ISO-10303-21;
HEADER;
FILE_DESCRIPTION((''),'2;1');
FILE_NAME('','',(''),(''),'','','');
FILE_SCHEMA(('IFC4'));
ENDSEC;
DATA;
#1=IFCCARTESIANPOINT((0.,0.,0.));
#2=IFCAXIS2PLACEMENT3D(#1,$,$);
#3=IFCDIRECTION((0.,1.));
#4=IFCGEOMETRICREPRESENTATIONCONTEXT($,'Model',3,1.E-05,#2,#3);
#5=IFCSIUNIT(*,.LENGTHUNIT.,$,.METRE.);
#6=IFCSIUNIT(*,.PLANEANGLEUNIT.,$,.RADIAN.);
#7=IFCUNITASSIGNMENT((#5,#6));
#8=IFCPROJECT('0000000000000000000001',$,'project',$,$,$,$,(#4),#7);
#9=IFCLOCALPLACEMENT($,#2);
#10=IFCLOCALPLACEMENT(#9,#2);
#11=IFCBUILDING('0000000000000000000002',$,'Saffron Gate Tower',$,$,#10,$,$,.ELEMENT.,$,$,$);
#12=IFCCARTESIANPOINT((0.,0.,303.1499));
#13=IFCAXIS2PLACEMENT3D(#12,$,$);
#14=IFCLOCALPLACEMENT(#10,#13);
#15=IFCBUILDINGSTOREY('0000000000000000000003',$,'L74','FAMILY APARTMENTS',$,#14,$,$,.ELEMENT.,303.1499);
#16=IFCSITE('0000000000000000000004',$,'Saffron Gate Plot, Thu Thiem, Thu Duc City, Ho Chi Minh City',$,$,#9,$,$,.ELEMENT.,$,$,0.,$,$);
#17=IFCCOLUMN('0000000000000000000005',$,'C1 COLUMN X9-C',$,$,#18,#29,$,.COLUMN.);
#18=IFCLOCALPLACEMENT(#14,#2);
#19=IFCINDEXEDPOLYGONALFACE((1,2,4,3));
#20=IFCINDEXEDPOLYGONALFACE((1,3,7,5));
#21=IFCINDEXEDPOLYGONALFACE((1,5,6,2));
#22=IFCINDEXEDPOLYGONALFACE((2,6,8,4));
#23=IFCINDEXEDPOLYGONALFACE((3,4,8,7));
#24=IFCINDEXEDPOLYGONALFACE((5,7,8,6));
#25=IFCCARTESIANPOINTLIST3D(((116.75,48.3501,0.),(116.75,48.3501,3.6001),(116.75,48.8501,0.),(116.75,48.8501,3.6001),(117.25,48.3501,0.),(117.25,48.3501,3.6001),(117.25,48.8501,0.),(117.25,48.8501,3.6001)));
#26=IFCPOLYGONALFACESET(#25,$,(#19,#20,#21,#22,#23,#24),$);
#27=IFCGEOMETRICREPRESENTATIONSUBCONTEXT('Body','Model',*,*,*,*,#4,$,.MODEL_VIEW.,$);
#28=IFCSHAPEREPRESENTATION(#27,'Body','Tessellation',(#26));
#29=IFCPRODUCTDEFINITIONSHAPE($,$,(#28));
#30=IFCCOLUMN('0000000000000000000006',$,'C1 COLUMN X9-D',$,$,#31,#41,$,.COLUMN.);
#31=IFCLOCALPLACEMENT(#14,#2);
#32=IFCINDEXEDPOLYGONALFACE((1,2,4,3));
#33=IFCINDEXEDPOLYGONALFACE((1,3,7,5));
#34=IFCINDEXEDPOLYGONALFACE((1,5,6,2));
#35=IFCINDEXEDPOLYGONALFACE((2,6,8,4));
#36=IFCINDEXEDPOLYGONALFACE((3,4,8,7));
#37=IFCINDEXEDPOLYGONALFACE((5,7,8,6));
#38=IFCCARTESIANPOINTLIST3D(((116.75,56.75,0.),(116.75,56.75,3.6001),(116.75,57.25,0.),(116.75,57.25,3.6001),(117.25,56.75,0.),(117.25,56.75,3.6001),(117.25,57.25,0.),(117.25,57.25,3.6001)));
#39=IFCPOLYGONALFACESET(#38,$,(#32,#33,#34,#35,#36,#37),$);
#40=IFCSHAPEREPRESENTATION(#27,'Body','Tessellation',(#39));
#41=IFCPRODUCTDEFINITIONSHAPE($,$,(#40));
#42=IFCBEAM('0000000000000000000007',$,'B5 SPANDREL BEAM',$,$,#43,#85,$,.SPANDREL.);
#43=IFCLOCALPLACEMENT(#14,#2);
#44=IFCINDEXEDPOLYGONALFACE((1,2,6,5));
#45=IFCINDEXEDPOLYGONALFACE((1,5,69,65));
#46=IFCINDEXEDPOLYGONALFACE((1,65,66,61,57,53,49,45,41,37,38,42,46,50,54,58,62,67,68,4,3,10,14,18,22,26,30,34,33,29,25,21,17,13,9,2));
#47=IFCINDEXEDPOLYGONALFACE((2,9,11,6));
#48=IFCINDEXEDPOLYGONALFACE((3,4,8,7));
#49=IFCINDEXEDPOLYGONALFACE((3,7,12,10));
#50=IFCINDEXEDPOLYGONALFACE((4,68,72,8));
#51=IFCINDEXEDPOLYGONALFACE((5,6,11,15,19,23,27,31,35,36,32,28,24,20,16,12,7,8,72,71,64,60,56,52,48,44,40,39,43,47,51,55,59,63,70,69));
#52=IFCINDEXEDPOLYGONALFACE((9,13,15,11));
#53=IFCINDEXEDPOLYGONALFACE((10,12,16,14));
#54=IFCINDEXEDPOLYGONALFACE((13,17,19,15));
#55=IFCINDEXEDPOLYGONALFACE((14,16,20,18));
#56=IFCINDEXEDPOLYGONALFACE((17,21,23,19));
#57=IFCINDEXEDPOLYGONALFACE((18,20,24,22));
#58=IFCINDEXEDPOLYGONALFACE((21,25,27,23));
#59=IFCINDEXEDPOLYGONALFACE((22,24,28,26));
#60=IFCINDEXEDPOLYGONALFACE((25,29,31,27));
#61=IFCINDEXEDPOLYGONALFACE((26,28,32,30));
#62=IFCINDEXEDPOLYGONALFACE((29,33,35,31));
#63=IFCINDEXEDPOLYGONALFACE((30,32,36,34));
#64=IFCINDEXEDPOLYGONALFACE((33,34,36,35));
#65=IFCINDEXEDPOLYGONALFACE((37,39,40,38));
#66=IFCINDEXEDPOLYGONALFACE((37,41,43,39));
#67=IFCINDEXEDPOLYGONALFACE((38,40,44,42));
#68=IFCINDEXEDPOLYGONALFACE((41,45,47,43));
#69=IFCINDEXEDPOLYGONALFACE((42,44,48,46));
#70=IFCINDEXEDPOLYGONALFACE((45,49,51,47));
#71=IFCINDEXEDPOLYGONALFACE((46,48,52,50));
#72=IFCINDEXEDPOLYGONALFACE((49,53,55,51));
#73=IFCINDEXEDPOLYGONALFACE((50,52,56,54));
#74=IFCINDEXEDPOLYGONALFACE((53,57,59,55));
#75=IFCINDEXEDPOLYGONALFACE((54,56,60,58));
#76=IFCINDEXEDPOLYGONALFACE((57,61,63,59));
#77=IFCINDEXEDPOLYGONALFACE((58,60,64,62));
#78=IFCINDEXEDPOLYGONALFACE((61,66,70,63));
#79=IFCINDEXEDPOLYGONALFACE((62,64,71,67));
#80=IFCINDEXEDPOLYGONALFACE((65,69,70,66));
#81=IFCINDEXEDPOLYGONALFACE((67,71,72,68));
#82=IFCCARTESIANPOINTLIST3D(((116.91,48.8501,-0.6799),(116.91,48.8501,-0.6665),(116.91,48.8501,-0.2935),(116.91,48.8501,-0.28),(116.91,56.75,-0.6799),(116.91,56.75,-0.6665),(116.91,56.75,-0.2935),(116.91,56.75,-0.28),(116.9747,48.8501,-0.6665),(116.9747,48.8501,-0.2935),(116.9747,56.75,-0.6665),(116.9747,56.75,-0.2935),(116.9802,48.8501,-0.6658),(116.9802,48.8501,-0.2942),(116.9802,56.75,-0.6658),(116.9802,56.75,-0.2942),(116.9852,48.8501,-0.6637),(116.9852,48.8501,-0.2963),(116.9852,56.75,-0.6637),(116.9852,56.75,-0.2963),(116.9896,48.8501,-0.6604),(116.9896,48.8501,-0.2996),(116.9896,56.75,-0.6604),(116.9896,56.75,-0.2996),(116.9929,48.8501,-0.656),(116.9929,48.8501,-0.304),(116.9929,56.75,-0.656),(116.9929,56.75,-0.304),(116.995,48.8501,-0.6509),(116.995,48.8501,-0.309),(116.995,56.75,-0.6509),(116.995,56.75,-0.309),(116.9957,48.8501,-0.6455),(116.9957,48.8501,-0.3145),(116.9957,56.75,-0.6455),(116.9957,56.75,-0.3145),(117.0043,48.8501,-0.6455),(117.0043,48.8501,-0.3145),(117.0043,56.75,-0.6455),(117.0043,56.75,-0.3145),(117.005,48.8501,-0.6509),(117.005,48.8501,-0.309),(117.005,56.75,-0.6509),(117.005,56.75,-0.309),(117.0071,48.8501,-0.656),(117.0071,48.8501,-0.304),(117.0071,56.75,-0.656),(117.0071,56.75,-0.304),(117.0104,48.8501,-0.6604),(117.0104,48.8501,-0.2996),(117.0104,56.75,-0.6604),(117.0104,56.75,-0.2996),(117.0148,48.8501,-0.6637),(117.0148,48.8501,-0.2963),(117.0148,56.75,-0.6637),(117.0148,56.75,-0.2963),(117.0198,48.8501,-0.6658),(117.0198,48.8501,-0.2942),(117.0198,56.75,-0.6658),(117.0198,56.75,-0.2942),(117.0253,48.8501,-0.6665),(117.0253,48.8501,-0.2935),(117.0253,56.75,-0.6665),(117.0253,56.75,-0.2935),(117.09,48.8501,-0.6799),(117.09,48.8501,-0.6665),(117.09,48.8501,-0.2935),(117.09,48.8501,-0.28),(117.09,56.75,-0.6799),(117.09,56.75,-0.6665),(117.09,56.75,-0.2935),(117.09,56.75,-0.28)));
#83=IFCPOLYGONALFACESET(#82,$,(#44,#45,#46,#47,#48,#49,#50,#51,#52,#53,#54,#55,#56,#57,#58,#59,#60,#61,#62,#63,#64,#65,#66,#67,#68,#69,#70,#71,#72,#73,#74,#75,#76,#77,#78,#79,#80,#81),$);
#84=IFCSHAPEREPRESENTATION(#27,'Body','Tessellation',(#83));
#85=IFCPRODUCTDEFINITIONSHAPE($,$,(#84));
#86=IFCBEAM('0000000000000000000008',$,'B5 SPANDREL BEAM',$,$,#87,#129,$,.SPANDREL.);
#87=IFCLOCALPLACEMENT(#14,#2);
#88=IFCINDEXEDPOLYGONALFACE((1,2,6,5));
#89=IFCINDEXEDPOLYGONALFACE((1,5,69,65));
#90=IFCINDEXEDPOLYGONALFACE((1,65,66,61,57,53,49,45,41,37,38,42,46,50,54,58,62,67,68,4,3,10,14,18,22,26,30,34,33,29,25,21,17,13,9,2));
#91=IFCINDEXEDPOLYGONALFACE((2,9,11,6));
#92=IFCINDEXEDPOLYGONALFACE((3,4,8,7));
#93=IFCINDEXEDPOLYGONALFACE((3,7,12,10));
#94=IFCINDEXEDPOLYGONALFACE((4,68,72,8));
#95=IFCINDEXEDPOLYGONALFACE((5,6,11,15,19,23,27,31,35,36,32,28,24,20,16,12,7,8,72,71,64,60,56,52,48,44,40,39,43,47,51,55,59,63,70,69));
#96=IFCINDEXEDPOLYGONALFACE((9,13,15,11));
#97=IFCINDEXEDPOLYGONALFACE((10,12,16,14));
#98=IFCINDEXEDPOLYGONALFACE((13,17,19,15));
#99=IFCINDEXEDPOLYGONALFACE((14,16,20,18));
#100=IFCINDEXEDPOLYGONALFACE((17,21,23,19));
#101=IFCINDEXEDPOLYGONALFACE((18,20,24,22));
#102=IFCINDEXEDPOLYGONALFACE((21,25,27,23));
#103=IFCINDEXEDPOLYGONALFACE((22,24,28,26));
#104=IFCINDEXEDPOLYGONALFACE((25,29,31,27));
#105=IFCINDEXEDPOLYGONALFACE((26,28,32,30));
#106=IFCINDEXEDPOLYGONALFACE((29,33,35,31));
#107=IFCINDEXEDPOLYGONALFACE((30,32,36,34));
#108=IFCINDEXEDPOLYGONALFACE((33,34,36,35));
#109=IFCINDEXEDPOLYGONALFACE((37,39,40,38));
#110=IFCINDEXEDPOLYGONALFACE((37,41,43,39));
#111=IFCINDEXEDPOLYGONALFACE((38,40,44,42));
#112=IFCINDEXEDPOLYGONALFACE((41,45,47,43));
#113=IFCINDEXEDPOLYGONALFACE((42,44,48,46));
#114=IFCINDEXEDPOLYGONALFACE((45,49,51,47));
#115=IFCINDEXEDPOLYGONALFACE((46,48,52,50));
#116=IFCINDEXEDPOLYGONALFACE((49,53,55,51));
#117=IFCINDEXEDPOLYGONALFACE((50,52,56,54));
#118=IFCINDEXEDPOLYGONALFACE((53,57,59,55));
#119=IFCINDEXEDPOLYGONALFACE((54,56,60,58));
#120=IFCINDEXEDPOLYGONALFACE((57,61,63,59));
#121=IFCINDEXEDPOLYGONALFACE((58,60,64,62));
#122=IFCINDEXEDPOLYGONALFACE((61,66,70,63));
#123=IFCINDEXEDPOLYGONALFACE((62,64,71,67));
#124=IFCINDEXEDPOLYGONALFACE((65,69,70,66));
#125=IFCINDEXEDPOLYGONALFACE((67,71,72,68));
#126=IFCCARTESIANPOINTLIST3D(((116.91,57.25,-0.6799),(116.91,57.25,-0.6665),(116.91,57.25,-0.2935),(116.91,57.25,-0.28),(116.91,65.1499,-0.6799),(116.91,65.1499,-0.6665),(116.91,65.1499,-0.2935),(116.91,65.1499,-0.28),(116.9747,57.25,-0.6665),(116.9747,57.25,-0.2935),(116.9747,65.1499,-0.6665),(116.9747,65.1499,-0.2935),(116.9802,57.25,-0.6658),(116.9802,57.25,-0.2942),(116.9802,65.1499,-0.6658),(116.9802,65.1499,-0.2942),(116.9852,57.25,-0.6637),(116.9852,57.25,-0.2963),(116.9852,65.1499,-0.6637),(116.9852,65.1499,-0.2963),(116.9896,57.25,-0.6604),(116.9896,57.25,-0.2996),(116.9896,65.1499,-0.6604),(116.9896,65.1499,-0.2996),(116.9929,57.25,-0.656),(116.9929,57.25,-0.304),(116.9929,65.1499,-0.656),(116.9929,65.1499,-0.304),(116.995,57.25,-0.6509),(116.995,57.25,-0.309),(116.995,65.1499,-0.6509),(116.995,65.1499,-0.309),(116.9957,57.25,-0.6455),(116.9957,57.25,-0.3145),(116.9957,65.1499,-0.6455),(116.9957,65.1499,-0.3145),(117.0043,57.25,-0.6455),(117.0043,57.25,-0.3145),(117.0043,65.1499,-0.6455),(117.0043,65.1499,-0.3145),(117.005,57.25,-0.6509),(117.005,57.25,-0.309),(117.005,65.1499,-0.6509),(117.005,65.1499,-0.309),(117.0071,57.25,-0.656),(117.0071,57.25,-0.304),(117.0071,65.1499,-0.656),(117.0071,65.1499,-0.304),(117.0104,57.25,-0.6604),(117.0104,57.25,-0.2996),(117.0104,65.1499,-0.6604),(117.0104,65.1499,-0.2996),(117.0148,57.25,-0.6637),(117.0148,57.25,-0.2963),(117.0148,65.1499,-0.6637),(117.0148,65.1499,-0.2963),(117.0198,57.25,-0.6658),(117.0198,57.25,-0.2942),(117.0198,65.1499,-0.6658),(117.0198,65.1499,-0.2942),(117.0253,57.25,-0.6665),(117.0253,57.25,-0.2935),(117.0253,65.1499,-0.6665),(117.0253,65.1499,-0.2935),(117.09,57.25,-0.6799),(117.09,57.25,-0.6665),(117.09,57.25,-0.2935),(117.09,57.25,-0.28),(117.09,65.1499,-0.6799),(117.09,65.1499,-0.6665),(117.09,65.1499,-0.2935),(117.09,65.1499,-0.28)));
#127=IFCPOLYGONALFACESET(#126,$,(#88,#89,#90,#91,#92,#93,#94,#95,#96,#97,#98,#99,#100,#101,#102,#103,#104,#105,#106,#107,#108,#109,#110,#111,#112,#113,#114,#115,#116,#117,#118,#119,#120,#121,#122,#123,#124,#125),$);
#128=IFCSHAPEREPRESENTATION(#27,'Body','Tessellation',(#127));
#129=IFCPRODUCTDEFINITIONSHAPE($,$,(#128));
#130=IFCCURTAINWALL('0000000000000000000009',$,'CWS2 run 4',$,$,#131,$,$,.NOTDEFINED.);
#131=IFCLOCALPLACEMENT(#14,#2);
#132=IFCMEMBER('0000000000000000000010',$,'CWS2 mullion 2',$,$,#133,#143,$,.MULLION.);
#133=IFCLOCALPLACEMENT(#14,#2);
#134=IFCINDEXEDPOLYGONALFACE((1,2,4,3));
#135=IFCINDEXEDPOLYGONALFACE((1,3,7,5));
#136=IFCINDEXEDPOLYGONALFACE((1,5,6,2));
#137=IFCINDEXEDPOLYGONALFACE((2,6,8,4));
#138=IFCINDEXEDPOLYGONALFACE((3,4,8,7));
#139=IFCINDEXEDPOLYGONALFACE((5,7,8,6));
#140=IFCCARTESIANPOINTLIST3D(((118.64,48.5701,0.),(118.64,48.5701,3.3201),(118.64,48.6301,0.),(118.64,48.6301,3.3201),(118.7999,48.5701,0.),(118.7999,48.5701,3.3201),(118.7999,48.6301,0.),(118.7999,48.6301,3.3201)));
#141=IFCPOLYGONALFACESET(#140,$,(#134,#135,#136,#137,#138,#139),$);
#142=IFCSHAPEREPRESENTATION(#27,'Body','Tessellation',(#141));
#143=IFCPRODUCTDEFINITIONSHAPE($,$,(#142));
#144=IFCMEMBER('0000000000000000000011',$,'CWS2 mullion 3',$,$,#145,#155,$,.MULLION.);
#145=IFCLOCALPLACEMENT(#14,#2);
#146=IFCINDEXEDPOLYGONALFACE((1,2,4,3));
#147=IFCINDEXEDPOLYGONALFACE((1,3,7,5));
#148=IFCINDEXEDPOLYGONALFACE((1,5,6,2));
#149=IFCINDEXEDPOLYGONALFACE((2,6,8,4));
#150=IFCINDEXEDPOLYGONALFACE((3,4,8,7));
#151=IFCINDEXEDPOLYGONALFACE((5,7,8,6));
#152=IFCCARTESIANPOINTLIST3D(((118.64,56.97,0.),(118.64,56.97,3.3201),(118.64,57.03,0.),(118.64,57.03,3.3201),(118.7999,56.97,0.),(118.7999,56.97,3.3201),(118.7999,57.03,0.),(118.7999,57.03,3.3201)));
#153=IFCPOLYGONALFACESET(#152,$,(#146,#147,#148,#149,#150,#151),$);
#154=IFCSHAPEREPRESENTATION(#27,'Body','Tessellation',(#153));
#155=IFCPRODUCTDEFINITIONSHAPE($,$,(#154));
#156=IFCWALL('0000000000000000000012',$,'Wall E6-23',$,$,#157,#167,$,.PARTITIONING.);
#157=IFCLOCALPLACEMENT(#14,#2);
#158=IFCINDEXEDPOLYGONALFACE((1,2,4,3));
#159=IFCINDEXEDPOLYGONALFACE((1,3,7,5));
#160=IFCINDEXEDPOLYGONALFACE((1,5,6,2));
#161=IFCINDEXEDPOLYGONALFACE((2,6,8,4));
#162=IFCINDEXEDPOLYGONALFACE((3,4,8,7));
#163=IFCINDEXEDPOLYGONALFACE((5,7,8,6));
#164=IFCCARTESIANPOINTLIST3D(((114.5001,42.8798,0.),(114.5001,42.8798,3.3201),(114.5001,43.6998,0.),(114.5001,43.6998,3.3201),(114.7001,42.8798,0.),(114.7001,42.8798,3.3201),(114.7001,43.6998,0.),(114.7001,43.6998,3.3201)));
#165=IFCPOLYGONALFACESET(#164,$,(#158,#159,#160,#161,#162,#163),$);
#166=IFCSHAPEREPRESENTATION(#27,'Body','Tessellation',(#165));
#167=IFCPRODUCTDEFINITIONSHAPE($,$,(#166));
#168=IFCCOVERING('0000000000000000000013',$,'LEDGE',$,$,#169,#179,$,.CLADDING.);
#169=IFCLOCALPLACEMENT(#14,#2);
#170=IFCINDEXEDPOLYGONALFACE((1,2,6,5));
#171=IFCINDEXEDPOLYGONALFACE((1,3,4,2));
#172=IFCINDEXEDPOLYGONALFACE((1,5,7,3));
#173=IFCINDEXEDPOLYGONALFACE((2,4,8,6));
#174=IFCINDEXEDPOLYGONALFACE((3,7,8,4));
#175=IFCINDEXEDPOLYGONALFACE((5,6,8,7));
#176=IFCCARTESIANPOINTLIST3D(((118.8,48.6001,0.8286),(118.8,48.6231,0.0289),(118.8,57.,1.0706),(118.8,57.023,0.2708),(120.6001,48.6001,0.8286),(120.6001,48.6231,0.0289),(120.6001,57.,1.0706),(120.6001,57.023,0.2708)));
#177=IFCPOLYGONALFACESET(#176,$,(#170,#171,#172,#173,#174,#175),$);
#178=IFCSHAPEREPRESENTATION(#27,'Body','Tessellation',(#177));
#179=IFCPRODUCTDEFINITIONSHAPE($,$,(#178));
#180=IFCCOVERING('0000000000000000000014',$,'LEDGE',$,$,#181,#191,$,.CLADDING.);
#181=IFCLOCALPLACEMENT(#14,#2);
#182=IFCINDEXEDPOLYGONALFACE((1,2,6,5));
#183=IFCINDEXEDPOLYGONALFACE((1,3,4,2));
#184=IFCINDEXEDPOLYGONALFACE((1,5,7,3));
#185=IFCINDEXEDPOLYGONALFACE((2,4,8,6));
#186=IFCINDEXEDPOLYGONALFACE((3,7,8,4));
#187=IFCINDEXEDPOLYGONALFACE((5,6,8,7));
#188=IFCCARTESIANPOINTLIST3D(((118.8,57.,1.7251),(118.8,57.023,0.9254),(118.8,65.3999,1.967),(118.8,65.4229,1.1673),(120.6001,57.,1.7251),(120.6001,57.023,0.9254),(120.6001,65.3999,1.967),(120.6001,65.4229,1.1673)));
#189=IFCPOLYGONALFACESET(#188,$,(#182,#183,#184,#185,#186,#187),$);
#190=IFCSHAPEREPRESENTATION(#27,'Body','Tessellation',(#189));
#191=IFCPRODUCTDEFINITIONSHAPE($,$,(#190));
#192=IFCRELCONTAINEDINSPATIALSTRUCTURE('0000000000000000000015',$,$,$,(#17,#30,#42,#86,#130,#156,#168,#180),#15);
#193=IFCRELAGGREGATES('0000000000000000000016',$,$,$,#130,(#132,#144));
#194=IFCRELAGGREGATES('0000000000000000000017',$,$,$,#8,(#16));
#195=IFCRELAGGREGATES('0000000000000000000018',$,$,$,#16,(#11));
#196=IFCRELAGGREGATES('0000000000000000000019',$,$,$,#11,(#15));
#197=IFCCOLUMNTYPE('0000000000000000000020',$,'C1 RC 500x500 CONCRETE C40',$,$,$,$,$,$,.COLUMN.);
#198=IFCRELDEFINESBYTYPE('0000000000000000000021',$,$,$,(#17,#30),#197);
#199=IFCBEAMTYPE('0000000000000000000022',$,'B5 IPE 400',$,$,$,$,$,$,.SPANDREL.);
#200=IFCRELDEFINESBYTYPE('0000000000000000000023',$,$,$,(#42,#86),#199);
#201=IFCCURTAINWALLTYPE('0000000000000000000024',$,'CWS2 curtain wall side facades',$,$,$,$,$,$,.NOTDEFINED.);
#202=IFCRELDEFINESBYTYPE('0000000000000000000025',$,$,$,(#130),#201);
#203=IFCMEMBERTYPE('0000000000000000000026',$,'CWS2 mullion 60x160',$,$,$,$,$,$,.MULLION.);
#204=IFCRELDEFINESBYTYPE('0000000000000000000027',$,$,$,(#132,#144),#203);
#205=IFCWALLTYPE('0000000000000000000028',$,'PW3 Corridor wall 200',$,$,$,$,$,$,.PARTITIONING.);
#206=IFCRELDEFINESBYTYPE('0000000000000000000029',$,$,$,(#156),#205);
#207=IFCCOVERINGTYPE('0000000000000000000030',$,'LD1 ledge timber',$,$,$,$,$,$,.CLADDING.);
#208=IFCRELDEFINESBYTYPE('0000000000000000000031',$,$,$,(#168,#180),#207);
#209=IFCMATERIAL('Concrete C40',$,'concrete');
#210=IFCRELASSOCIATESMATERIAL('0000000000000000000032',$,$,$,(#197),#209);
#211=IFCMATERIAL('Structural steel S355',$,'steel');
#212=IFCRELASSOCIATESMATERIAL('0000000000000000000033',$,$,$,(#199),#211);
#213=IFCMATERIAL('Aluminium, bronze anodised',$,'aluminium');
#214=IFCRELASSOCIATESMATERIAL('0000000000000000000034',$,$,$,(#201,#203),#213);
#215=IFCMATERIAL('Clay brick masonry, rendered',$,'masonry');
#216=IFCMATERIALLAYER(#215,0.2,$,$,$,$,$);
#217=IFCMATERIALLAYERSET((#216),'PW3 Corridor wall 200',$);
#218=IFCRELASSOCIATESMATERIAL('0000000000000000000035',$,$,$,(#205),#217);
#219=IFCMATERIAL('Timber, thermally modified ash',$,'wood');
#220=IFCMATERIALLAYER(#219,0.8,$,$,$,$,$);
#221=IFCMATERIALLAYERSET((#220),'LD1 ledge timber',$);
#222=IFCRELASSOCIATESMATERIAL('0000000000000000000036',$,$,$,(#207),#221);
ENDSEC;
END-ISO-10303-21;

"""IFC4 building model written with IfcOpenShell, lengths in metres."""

from ifc_helpers import new_model, si_unit, direction, frame, frame_2d, origin, origin_2d, place, context, subcontext, project, spatial, polyline, rectangle, i_section, outline, extrude, material, layer, layer_set, material_profile, profile_set, type_object, element, aggregate, save


model = new_model("IFC4")

# Units and contexts
model_context = context("Model", 3, precision=1e-05, world=origin(), true_north=direction((0.0, 1.0)))
body_context = subcontext(model_context, "Body", "Model", "MODEL_VIEW")
ifc_project = project(units=[si_unit("LENGTHUNIT", "METRE"), si_unit("PLANEANGLEUNIT", "RADIAN")], contexts=[model_context])

# Site, building, storey
site_placement = place(None, origin())
site = spatial("IfcSite", under=ifc_project, at=site_placement, Name="Saffron Gate Plot, Thu Thiem, Thu Duc City, Ho Chi Minh City", CompositionType="ELEMENT", RefElevation=0.0)
building_placement = place(site_placement, origin())
building = spatial("IfcBuilding", under=site, at=building_placement, Name="Saffron Gate Tower", CompositionType="ELEMENT")
storey_placement = place(building_placement, frame((0.0, 0.0, 303.1499)))
storey = spatial("IfcBuildingStorey", under=building, at=storey_placement, Name="L74", Description="FAMILY APARTMENTS", CompositionType="ELEMENT", Elevation=303.1499)

# Columns
ifc_material_1 = material(Name="Concrete C40", Category="concrete")
ifc_material_profile_1 = material_profile(ifc_material_1, rectangle(XDim=0.5, YDim=0.5, at=origin_2d()))
ifc_profile_set_1 = profile_set([ifc_material_profile_1], Name="Concrete C40")
column_type = type_object("IfcColumnType", Name="C1 RC 500x500 CONCRETE C40", PredefinedType="COLUMN", material=ifc_profile_set_1)
for number, where, z_axis, x_axis, name in (
    (1, (117.0, 48.6001, 0.0), (0.0, 0.0, 1.0), (1.0, 0.0, 0.0), "C1 COLUMN X9-C"),
    (2, (117.0, 57.0, 0.0), (0.0, 0.0, 1.0), (1.0, 0.0, 0.0), "C1 COLUMN X9-D"),
):
    element("IfcColumn", number, at=place(storey_placement, frame(where, z_axis=z_axis, x_axis=x_axis)), inside=storey, type_object=column_type, Name=name, PredefinedType="COLUMN", context=body_context, shape_type="SweptSolid", body=[
        extrude(rectangle(XDim=0.5, YDim=0.5, at=origin_2d()), origin(), (0.0, 0.0, 1.0), 3.6001),
    ])

# Beams
ifc_material_2 = material(Name="Structural steel S355", Category="steel")
ifc_material_profile_2 = material_profile(ifc_material_2, i_section(OverallWidth=0.1799, OverallDepth=0.3999, WebThickness=0.0085, FlangeThickness=0.0134, FilletRadius=0.021, at=origin_2d()))
ifc_profile_set_2 = profile_set([ifc_material_profile_2], Name="Structural steel S355")
beam_type = type_object("IfcBeamType", Name="B5 IPE 400", PredefinedType="SPANDREL", material=ifc_profile_set_2)
for number, where, z_axis, x_axis, name in (
    (3, (117.0, 48.8501, -0.48), (0.0, 1.0, 0.0), (-1.0, 0.0, 0.0), "B5 SPANDREL BEAM"),
    (4, (117.0, 57.25, -0.48), (0.0, 1.0, 0.0), (-1.0, 0.0, 0.0), "B5 SPANDREL BEAM"),
):
    element("IfcBeam", number, at=place(storey_placement, frame(where, z_axis=z_axis, x_axis=x_axis)), inside=storey, type_object=beam_type, Name=name, PredefinedType="SPANDREL", context=body_context, shape_type="SweptSolid", body=[
        extrude(i_section(OverallWidth=0.1799, OverallDepth=0.3999, WebThickness=0.0085, FlangeThickness=0.0134, FilletRadius=0.021, at=origin_2d()), origin(), (0.0, 0.0, 1.0), 7.8999),
    ])

# Curtain wall, members
ifc_material_3 = material(Name="Aluminium, bronze anodised", Category="aluminium")
curtain_wall_type = type_object("IfcCurtainWallType", Name="CWS2 curtain wall side facades", PredefinedType="NOTDEFINED", material=ifc_material_3)
curtain_wall_placement = place(storey_placement, origin())
curtain_wall = element("IfcCurtainWall", 5, at=curtain_wall_placement, inside=storey, type_object=curtain_wall_type, Name="CWS2 run 4", PredefinedType="NOTDEFINED")
ifc_material_profile_3 = material_profile(ifc_material_3, rectangle(XDim=0.1599, YDim=0.0601, at=origin_2d()))
ifc_profile_set_3 = profile_set([ifc_material_profile_3], Name="Aluminium, bronze anodised")
member_type = type_object("IfcMemberType", Name="CWS2 mullion 60x160", PredefinedType="MULLION", material=ifc_profile_set_3)
member_1_placement = place(storey_placement, frame((118.72, 48.6001, 0.0), z_axis=(0.0, 0.0, 1.0), x_axis=(-1.0, 0.0, 0.0)))
member_1 = element("IfcMember", 6, at=member_1_placement, type_object=member_type, Name="CWS2 mullion 2", PredefinedType="MULLION", context=body_context, shape_type="SweptSolid", body=[
    extrude(rectangle(XDim=0.1599, YDim=0.0601, at=origin_2d()), origin(), (0.0, 0.0, 1.0), 3.3201),
])
member_2_placement = place(storey_placement, frame((118.72, 57.0, 0.0), z_axis=(0.0, 0.0, 1.0), x_axis=(-1.0, 0.0, 0.0)))
member_2 = element("IfcMember", 7, at=member_2_placement, type_object=member_type, Name="CWS2 mullion 3", PredefinedType="MULLION", context=body_context, shape_type="SweptSolid", body=[
    extrude(rectangle(XDim=0.1599, YDim=0.0601, at=origin_2d()), origin(), (0.0, 0.0, 1.0), 3.3201),
])
aggregate(curtain_wall, [member_1, member_2])

# Wall
ifc_material_4 = material(Name="Clay brick masonry, rendered", Category="masonry")
ifc_layer_1 = layer(ifc_material_4, 0.2)
ifc_layer_set_1 = layer_set([ifc_layer_1], Name="PW3 Corridor wall 200")
wall_type = type_object("IfcWallType", Name="PW3 Corridor wall 200", PredefinedType="PARTITIONING", material=ifc_layer_set_1)
wall_placement = place(storey_placement, frame((114.6001, 43.7, 0.0), z_axis=(0.0, 0.0, 1.0), x_axis=(0.0, -1.0, 0.0)))
element("IfcWall", 8, at=wall_placement, inside=storey, type_object=wall_type, Name="Wall E6-23", PredefinedType="PARTITIONING", context=body_context, shape_type="SweptSolid", body=[
    extrude(rectangle(XDim=0.8201, YDim=0.2, at=frame_2d((0.4102, 0.0))), origin(), (0.0, 0.0, 1.0), 3.3201),
])

# Coverings
ifc_material_5 = material(Name="Timber, thermally modified ash", Category="wood")
ifc_layer_2 = layer(ifc_material_5, 0.8)
ifc_layer_set_2 = layer_set([ifc_layer_2], Name="LD1 ledge timber")
covering_type_1 = type_object("IfcCoveringType", Name="LD1 ledge timber", PredefinedType="CLADDING", material=ifc_layer_set_2)
for number, where, z_axis, x_axis, name in (
    (9, (118.8, 48.6001, 0.8286), (0.0, -0.028791, 0.999585), (0.0, 0.999585, 0.028791), "LEDGE"),
    (10, (118.8, 57.0, 1.7251), (0.0, -0.028791, 0.999585), (0.0, 0.999585, 0.028791), "LEDGE"),
):
    element("IfcCovering", number, at=place(storey_placement, frame(where, z_axis=z_axis, x_axis=x_axis)), inside=storey, type_object=covering_type_1, Name=name, PredefinedType="CLADDING", context=body_context, shape_type="SweptSolid", body=[
        extrude(outline(polyline([(0.0, 0.0), (8.4034, 0.0), (8.4034, -1.8), (0.0, -1.8), (0.0, 0.0)])), origin(), (0.0, 0.0, -1.0), 0.8),
    ])

save(model, "model.ifc")
